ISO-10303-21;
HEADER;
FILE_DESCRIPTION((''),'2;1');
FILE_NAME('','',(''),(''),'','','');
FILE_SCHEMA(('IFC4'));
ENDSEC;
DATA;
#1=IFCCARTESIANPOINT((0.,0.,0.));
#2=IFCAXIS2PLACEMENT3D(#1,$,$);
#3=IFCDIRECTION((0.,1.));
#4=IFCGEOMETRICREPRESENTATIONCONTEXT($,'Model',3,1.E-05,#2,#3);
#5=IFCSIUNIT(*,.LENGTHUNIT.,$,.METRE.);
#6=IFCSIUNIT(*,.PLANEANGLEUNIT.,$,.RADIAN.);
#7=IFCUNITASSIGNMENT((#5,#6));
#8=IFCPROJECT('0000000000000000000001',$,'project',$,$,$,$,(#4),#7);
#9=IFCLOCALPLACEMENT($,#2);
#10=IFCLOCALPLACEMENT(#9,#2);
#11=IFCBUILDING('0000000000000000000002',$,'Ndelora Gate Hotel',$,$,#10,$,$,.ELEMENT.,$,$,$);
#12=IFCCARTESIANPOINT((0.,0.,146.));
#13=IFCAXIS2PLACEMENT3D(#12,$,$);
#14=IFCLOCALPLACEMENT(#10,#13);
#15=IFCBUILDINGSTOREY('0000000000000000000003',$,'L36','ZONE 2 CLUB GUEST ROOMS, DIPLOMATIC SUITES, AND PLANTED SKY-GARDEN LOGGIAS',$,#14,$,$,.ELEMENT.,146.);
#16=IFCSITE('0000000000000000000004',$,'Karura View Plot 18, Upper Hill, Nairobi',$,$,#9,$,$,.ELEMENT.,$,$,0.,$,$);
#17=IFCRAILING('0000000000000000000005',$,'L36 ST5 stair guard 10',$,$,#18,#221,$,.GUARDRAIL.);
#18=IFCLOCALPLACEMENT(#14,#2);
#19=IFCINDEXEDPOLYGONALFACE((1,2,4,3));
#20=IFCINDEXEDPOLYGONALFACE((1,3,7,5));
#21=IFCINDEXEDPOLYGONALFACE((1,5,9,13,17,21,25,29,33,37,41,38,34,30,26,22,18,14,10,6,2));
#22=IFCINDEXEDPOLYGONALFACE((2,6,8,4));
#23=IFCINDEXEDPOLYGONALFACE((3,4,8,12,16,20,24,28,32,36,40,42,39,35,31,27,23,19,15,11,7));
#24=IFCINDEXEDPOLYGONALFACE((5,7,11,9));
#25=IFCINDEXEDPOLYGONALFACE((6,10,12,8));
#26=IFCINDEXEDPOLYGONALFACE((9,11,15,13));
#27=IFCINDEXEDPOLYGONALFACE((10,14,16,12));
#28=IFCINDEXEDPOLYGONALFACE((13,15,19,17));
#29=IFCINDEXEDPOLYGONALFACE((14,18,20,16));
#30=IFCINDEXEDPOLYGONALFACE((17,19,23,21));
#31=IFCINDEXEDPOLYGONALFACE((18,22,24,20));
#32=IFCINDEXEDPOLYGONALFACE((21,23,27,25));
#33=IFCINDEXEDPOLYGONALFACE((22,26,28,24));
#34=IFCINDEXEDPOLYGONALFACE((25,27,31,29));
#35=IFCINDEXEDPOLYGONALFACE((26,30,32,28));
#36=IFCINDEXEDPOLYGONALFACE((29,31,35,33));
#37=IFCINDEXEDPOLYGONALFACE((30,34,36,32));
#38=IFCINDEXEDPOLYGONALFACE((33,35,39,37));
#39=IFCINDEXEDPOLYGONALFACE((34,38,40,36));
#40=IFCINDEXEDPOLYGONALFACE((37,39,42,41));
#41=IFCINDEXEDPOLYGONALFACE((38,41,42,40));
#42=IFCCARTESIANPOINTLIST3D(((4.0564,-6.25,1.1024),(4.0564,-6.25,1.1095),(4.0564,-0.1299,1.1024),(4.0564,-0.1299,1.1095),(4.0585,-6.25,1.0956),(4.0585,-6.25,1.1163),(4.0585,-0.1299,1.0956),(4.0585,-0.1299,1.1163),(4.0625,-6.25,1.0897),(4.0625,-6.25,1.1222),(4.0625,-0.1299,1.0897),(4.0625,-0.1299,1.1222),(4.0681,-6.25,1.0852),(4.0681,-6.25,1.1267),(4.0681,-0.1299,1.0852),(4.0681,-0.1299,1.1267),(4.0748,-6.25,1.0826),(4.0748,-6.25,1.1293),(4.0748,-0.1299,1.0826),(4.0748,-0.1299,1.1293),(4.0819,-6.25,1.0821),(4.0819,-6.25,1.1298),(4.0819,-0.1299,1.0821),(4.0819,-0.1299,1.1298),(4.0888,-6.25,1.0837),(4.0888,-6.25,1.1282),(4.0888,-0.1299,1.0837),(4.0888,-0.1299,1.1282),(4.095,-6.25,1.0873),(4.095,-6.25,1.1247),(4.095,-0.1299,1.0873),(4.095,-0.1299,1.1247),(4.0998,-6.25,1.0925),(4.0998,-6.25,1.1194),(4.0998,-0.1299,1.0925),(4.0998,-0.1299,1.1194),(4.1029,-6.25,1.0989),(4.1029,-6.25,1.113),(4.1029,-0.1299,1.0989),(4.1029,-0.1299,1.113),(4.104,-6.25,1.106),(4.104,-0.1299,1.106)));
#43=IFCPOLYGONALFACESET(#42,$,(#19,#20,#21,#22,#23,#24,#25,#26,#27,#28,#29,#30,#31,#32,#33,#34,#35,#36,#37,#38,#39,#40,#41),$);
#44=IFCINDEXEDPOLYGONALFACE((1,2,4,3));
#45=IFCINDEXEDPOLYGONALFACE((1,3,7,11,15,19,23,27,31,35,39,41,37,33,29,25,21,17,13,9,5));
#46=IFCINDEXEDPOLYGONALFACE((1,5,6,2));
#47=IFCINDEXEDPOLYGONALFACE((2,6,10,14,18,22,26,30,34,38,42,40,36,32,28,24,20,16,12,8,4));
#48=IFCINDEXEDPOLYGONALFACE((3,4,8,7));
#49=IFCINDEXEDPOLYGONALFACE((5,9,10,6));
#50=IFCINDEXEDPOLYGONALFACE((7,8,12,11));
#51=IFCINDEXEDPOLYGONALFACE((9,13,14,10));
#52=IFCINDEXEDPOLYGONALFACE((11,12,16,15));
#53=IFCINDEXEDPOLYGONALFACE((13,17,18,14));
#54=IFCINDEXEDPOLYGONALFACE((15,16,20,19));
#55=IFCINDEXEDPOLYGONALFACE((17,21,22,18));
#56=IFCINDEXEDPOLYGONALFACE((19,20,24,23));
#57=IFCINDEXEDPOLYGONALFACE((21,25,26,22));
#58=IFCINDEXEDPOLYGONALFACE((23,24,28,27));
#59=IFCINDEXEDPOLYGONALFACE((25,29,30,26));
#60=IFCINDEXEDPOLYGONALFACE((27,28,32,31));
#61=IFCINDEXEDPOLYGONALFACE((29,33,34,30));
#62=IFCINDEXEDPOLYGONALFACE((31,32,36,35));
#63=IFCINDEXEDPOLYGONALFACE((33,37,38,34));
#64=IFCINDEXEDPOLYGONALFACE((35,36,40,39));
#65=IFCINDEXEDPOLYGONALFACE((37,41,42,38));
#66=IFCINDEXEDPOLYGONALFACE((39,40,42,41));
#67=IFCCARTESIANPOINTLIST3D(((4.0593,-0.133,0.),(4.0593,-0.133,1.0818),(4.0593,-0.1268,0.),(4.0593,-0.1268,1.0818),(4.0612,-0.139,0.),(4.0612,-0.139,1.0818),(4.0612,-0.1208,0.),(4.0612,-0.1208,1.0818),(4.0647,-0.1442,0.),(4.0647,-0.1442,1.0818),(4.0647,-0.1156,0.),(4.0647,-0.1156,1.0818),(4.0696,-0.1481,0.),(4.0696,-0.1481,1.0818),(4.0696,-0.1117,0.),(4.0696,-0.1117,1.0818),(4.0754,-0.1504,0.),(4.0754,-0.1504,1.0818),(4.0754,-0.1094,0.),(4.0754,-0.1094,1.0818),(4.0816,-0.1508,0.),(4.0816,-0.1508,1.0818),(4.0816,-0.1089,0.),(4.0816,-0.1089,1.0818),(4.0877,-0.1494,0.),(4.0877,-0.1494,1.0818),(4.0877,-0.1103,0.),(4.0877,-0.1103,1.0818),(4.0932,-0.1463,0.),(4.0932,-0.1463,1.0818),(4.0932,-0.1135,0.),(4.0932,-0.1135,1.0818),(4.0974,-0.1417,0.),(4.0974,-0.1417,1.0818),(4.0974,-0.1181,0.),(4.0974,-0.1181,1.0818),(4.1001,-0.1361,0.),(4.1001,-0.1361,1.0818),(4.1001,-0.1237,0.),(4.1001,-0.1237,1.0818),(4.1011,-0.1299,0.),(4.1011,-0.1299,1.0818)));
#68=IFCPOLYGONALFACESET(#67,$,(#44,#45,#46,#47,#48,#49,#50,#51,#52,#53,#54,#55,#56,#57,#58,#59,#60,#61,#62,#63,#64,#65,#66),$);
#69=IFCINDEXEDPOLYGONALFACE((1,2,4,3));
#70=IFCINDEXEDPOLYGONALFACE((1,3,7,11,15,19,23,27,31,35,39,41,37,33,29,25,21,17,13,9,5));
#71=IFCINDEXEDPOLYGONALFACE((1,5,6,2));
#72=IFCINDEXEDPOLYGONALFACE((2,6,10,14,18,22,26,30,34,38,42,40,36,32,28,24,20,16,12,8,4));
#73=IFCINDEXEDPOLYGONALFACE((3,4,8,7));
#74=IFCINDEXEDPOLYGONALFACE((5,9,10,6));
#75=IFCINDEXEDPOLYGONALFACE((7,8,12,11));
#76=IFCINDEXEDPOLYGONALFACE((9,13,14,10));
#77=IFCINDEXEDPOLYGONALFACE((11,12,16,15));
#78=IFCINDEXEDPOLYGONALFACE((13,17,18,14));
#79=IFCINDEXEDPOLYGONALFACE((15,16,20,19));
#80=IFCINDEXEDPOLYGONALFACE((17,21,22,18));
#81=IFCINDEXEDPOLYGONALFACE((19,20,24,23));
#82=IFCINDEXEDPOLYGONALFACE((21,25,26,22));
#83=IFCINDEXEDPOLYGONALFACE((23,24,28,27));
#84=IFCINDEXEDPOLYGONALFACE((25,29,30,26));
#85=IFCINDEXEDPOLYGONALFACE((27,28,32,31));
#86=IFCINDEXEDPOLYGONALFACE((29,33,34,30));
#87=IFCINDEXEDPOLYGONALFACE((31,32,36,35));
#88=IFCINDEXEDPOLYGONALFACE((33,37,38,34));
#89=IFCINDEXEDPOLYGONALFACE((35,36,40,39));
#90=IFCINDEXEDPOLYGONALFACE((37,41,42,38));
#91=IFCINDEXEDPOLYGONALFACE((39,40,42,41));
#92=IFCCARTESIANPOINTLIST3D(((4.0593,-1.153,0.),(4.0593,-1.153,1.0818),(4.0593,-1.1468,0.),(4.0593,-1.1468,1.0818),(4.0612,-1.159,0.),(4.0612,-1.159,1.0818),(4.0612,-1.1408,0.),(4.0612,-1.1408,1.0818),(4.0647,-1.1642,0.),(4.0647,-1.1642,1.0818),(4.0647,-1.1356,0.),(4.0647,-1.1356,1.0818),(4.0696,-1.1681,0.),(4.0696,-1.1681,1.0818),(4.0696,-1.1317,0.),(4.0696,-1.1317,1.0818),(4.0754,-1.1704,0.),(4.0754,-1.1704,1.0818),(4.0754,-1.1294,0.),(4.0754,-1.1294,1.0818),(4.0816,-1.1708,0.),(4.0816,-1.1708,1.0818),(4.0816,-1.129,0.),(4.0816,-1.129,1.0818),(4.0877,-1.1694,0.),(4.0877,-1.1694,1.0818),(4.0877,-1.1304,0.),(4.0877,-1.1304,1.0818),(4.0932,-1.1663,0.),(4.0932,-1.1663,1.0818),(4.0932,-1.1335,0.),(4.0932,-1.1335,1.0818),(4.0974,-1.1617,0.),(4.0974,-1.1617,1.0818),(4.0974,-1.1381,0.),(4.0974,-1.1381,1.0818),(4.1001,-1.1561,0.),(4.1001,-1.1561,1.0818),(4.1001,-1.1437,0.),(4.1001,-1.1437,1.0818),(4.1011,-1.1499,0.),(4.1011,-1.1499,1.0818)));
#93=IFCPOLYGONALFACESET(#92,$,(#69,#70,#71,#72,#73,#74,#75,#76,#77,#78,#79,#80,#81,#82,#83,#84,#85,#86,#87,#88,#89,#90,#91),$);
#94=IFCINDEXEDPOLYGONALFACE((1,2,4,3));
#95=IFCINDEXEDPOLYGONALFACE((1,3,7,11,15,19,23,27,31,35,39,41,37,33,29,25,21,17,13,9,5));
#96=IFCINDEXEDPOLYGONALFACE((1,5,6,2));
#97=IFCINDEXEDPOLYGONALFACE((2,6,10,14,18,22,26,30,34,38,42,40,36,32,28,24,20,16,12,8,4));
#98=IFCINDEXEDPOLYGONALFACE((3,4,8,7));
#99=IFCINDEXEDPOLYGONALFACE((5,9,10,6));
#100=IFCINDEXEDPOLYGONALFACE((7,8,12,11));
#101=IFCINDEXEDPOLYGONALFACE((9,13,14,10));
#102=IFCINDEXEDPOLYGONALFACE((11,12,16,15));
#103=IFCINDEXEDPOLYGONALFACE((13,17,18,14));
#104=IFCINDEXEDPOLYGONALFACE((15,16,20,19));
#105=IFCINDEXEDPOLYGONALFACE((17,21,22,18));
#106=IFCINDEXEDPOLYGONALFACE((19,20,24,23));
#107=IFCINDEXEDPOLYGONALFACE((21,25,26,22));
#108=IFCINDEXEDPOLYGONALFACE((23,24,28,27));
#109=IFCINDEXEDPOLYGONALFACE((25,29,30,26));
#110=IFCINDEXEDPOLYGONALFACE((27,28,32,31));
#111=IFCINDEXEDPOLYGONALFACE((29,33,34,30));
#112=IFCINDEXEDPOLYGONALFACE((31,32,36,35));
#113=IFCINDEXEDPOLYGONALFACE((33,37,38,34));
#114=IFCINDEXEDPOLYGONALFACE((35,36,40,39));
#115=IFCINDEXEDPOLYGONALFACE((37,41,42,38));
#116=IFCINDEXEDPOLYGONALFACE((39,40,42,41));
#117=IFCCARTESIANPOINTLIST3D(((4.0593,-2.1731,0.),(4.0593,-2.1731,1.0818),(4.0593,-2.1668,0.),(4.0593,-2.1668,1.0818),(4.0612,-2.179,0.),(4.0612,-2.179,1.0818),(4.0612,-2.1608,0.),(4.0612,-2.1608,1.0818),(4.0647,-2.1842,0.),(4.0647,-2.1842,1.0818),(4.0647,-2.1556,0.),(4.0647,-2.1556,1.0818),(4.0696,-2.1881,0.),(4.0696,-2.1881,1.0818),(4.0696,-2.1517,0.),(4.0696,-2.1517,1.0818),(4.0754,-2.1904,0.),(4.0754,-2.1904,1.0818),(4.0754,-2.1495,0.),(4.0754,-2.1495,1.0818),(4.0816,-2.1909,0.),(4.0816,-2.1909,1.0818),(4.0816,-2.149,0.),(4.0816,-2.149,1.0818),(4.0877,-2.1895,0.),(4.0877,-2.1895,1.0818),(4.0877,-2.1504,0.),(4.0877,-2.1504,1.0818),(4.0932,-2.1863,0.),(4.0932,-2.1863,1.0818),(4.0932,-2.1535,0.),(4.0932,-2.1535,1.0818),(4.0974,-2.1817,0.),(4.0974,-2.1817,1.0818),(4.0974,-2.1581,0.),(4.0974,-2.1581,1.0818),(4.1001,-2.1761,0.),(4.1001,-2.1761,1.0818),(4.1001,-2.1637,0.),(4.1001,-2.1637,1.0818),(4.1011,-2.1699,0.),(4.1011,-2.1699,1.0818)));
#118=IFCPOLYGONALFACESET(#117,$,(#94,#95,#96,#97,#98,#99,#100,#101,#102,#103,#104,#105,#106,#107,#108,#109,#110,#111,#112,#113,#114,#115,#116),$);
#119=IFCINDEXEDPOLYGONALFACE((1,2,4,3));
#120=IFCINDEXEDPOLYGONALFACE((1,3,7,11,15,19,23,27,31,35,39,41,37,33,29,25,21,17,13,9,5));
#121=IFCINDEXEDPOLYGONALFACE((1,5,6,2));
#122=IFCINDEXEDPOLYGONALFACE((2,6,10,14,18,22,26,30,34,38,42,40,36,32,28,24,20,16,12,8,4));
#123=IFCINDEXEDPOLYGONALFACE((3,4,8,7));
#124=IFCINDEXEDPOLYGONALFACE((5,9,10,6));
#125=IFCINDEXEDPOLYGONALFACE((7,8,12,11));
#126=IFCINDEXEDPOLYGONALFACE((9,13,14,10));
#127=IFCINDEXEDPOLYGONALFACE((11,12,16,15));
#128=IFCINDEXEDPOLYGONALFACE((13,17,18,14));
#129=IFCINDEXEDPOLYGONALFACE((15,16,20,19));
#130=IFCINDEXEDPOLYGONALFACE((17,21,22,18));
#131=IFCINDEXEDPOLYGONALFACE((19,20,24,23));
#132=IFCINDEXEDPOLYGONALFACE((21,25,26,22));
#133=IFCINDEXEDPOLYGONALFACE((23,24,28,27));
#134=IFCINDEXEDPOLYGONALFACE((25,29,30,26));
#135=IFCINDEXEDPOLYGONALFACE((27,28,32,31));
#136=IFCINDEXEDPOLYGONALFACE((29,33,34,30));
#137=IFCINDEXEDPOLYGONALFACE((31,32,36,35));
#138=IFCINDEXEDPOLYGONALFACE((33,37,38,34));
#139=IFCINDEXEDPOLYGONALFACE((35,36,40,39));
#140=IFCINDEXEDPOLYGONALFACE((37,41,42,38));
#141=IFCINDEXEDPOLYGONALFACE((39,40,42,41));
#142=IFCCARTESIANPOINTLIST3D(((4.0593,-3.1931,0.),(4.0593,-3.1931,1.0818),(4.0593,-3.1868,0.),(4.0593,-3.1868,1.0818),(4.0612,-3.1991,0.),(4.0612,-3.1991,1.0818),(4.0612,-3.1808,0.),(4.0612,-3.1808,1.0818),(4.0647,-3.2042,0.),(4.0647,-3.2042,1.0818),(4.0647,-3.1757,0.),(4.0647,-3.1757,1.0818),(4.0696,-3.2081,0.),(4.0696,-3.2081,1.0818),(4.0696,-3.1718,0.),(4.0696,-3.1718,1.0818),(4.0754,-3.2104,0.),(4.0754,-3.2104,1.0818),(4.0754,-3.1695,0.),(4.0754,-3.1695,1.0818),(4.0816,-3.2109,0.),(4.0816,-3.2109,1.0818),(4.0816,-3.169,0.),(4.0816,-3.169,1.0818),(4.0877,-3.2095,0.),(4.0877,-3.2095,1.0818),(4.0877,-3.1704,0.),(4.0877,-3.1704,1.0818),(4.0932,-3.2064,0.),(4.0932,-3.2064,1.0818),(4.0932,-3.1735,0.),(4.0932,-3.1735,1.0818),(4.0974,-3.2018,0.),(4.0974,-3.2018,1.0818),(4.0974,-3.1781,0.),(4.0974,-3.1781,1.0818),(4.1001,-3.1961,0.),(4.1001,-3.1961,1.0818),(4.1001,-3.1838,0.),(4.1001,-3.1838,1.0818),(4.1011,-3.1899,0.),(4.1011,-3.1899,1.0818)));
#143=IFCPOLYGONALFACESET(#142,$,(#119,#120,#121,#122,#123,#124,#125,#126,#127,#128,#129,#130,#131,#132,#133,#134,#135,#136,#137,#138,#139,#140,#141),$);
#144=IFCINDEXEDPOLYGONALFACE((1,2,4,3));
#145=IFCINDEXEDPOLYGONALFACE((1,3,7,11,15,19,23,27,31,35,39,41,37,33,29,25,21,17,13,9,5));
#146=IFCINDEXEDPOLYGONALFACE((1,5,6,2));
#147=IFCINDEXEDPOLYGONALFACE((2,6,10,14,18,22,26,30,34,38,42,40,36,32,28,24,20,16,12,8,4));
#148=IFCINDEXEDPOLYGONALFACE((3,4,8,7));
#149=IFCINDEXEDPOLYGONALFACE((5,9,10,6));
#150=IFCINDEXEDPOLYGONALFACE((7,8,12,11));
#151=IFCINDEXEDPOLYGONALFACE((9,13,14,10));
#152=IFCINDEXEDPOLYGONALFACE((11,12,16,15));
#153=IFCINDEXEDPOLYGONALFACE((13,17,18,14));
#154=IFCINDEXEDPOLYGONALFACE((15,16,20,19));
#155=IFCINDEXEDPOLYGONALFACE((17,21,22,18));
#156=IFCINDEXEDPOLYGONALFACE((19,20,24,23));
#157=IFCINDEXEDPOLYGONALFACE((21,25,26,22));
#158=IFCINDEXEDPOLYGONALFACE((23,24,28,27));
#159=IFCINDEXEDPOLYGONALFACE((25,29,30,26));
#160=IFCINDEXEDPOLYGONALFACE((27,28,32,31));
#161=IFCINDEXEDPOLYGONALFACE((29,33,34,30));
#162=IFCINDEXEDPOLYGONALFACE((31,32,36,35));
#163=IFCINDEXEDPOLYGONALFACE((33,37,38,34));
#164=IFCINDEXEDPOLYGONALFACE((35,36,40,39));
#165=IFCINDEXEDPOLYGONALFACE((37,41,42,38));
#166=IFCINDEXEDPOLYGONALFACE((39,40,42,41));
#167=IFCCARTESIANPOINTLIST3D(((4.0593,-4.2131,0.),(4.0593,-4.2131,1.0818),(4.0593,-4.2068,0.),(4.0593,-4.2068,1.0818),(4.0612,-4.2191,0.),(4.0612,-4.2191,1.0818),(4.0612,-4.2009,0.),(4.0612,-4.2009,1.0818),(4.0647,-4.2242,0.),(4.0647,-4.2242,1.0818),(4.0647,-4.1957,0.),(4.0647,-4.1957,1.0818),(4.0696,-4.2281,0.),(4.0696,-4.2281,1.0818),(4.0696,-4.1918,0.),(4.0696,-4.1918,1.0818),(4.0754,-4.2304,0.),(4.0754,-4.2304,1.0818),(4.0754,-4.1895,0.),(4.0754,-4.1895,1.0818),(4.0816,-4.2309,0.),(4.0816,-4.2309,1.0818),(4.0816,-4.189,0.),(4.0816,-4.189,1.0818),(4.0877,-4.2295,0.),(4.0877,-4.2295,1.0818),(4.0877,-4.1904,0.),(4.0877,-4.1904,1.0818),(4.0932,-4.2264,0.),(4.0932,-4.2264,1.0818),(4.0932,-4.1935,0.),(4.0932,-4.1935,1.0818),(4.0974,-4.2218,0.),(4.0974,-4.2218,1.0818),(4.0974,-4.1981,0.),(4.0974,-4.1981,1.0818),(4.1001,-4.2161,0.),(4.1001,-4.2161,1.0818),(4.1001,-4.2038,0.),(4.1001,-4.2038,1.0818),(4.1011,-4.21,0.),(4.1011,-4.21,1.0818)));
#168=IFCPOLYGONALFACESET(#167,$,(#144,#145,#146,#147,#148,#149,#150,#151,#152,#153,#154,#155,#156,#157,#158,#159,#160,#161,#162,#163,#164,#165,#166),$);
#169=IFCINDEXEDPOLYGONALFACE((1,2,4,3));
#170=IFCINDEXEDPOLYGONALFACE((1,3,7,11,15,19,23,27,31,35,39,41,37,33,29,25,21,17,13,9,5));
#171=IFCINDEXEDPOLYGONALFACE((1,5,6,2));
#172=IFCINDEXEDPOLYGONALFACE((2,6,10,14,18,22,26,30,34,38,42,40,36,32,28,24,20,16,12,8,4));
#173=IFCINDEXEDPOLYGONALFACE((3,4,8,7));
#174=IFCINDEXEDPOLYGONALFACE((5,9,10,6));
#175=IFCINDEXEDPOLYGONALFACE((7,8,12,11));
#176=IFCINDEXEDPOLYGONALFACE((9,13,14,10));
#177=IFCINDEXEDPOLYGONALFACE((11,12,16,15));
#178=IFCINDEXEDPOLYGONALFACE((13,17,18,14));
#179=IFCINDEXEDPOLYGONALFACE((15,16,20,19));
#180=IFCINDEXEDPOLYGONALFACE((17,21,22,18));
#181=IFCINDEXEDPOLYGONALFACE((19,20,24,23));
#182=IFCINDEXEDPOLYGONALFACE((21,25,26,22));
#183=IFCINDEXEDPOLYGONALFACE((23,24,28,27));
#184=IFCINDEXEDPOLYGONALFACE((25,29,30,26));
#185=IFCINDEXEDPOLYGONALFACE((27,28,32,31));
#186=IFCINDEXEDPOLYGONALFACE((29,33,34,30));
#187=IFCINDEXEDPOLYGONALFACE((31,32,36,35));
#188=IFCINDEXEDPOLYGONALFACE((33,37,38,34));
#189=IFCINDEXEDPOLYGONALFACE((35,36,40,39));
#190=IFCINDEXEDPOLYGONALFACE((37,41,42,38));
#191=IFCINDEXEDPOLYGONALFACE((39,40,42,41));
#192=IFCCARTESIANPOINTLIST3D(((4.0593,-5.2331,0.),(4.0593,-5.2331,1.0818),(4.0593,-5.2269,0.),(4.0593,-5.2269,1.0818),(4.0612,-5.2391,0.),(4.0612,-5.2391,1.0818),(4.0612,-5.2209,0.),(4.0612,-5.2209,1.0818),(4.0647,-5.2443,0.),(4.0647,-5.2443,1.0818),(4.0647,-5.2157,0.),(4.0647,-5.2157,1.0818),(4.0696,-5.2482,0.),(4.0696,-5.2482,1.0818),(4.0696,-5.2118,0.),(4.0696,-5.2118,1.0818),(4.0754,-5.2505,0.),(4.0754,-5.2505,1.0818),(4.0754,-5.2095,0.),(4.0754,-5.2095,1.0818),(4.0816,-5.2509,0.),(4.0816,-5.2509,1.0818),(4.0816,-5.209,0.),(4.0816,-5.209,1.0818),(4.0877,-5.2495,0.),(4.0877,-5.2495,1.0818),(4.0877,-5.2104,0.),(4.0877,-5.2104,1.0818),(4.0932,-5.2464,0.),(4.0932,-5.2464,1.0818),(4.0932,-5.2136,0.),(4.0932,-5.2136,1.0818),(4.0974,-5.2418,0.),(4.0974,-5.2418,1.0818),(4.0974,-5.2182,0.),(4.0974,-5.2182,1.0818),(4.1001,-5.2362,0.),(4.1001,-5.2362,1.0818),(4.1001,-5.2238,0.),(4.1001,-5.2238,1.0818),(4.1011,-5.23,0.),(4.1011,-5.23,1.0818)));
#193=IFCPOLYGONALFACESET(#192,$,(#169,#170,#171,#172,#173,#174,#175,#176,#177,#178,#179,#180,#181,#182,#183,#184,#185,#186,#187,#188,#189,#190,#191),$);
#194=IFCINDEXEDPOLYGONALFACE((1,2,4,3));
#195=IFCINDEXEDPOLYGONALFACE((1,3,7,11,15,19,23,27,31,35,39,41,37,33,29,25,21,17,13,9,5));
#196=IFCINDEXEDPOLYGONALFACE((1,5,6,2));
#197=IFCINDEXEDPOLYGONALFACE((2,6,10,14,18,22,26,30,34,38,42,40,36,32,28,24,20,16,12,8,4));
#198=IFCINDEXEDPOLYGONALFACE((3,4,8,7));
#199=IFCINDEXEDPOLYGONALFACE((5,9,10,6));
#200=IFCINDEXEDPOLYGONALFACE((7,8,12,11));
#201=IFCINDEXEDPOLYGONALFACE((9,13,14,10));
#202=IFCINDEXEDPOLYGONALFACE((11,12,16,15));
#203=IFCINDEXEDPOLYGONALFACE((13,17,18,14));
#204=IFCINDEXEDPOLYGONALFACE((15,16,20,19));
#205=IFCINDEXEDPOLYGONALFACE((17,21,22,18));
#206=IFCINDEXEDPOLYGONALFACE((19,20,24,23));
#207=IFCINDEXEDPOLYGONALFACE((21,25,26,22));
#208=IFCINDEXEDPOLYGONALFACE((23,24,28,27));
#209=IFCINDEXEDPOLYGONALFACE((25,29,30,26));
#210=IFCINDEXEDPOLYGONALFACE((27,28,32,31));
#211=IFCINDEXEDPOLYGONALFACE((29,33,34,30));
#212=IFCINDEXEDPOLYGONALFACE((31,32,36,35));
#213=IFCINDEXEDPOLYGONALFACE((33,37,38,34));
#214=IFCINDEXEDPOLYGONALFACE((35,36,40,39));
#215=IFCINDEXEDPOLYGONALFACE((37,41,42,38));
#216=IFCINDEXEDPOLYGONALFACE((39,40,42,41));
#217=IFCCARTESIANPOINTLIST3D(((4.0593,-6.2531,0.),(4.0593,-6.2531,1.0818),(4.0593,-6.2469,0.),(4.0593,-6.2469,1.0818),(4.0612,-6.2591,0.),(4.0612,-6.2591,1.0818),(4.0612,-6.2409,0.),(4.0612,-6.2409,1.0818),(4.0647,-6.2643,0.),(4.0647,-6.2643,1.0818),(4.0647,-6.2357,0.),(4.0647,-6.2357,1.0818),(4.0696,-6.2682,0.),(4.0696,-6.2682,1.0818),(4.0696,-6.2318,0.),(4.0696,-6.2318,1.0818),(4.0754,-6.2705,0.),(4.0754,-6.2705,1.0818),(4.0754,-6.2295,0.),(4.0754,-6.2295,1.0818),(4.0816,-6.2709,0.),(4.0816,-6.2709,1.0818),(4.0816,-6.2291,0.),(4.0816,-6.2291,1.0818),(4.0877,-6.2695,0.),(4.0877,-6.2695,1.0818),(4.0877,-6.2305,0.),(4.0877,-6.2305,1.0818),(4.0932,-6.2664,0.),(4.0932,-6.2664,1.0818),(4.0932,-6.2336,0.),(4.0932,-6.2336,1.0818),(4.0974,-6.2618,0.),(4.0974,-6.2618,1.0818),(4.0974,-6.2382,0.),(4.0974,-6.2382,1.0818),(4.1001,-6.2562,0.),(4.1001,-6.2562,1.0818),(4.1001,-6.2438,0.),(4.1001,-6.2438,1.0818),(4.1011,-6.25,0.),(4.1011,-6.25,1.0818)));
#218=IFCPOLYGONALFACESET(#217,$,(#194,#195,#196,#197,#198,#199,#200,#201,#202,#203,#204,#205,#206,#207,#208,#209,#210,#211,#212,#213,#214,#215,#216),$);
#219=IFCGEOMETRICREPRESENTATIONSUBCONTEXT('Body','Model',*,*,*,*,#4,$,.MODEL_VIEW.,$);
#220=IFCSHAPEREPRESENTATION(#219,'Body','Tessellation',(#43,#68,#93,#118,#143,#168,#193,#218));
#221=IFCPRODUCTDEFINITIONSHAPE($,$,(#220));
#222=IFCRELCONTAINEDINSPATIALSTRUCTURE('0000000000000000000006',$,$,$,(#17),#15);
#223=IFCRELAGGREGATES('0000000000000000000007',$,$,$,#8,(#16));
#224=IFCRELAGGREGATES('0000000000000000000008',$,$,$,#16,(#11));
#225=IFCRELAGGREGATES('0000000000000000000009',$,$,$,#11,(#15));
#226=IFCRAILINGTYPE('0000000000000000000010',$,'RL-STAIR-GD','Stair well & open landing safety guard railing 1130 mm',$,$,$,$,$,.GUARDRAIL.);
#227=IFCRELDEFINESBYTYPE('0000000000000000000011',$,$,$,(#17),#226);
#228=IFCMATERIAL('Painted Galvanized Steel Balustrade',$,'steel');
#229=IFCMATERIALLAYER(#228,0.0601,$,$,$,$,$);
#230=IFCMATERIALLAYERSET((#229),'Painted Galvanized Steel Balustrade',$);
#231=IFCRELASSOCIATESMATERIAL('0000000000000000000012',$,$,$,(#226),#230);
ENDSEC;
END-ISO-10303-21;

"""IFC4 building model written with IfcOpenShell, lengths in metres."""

from ifc_helpers import new_model, si_unit, direction, frame, origin, origin_2d, place, context, subcontext, project, spatial, circle, extrude, material, layer, layer_set, type_object, element, save


model = new_model("IFC4")

# Units and contexts
model_context = context("Model", 3, precision=1e-05, world=origin(), true_north=direction((0.0, 1.0)))
body_context = subcontext(model_context, "Body", "Model", "MODEL_VIEW")
ifc_project = project(units=[si_unit("LENGTHUNIT", "METRE"), si_unit("PLANEANGLEUNIT", "RADIAN")], contexts=[model_context])

# Site, building, storey
site_placement = place(None, origin())
site = spatial("IfcSite", under=ifc_project, at=site_placement, Name="Karura View Plot 18, Upper Hill, Nairobi", CompositionType="ELEMENT", RefElevation=0.0)
building_placement = place(site_placement, origin())
building = spatial("IfcBuilding", under=site, at=building_placement, Name="Ndelora Gate Hotel", CompositionType="ELEMENT")
storey_placement = place(building_placement, frame((0.0, 0.0, 146.0)))
storey = spatial("IfcBuildingStorey", under=building, at=storey_placement, Name="L36", Description="ZONE 2 CLUB GUEST ROOMS, DIPLOMATIC SUITES, AND PLANTED SKY-GARDEN LOGGIAS", CompositionType="ELEMENT", Elevation=146.0)

# Railing
ifc_material_1 = material(Name="Painted Galvanized Steel Balustrade", Category="steel")
ifc_layer_1 = layer(ifc_material_1, 0.0601)
ifc_layer_set_1 = layer_set([ifc_layer_1], Name="Painted Galvanized Steel Balustrade")
railing_type_1 = type_object("IfcRailingType", Name="RL-STAIR-GD", Description="Stair well & open landing safety guard railing 1130 mm", PredefinedType="GUARDRAIL", material=ifc_layer_set_1)
railing_1_placement = place(storey_placement, frame((4.0801, -0.1299, 0.0)))
element("IfcRailing", 1, at=railing_1_placement, inside=storey, type_object=railing_type_1, Name="L36 ST5 stair guard 10", PredefinedType="GUARDRAIL", context=body_context, shape_type="SweptSolid", body=[
    extrude(circle(Radius=0.0239, at=origin_2d()), frame((0.0, 0.0, 1.106), z_axis=(0.0, -1.0, 0.0), x_axis=(1.0, 0.0, 0.0)), (0.0, 0.0, 1.0), 6.1201),
    extrude(circle(Radius=0.021, at=origin_2d()), origin(), (0.0, 0.0, 1.0), 1.0818),
    extrude(circle(Radius=0.021, at=origin_2d()), frame((0.0, -1.02, 0.0)), (0.0, 0.0, 1.0), 1.0818),
    extrude(circle(Radius=0.021, at=origin_2d()), frame((0.0, -2.04, 0.0)), (0.0, 0.0, 1.0), 1.0818),
    extrude(circle(Radius=0.021, at=origin_2d()), frame((0.0, -3.0601, 0.0)), (0.0, 0.0, 1.0), 1.0818),
    extrude(circle(Radius=0.021, at=origin_2d()), frame((0.0, -4.0801, 0.0)), (0.0, 0.0, 1.0), 1.0818),
    extrude(circle(Radius=0.021, at=origin_2d()), frame((0.0, -5.1001, 0.0)), (0.0, 0.0, 1.0), 1.0818),
    extrude(circle(Radius=0.021, at=origin_2d()), frame((0.0, -6.1201, 0.0)), (0.0, 0.0, 1.0), 1.0818),
])

save(model, "model.ifc")
